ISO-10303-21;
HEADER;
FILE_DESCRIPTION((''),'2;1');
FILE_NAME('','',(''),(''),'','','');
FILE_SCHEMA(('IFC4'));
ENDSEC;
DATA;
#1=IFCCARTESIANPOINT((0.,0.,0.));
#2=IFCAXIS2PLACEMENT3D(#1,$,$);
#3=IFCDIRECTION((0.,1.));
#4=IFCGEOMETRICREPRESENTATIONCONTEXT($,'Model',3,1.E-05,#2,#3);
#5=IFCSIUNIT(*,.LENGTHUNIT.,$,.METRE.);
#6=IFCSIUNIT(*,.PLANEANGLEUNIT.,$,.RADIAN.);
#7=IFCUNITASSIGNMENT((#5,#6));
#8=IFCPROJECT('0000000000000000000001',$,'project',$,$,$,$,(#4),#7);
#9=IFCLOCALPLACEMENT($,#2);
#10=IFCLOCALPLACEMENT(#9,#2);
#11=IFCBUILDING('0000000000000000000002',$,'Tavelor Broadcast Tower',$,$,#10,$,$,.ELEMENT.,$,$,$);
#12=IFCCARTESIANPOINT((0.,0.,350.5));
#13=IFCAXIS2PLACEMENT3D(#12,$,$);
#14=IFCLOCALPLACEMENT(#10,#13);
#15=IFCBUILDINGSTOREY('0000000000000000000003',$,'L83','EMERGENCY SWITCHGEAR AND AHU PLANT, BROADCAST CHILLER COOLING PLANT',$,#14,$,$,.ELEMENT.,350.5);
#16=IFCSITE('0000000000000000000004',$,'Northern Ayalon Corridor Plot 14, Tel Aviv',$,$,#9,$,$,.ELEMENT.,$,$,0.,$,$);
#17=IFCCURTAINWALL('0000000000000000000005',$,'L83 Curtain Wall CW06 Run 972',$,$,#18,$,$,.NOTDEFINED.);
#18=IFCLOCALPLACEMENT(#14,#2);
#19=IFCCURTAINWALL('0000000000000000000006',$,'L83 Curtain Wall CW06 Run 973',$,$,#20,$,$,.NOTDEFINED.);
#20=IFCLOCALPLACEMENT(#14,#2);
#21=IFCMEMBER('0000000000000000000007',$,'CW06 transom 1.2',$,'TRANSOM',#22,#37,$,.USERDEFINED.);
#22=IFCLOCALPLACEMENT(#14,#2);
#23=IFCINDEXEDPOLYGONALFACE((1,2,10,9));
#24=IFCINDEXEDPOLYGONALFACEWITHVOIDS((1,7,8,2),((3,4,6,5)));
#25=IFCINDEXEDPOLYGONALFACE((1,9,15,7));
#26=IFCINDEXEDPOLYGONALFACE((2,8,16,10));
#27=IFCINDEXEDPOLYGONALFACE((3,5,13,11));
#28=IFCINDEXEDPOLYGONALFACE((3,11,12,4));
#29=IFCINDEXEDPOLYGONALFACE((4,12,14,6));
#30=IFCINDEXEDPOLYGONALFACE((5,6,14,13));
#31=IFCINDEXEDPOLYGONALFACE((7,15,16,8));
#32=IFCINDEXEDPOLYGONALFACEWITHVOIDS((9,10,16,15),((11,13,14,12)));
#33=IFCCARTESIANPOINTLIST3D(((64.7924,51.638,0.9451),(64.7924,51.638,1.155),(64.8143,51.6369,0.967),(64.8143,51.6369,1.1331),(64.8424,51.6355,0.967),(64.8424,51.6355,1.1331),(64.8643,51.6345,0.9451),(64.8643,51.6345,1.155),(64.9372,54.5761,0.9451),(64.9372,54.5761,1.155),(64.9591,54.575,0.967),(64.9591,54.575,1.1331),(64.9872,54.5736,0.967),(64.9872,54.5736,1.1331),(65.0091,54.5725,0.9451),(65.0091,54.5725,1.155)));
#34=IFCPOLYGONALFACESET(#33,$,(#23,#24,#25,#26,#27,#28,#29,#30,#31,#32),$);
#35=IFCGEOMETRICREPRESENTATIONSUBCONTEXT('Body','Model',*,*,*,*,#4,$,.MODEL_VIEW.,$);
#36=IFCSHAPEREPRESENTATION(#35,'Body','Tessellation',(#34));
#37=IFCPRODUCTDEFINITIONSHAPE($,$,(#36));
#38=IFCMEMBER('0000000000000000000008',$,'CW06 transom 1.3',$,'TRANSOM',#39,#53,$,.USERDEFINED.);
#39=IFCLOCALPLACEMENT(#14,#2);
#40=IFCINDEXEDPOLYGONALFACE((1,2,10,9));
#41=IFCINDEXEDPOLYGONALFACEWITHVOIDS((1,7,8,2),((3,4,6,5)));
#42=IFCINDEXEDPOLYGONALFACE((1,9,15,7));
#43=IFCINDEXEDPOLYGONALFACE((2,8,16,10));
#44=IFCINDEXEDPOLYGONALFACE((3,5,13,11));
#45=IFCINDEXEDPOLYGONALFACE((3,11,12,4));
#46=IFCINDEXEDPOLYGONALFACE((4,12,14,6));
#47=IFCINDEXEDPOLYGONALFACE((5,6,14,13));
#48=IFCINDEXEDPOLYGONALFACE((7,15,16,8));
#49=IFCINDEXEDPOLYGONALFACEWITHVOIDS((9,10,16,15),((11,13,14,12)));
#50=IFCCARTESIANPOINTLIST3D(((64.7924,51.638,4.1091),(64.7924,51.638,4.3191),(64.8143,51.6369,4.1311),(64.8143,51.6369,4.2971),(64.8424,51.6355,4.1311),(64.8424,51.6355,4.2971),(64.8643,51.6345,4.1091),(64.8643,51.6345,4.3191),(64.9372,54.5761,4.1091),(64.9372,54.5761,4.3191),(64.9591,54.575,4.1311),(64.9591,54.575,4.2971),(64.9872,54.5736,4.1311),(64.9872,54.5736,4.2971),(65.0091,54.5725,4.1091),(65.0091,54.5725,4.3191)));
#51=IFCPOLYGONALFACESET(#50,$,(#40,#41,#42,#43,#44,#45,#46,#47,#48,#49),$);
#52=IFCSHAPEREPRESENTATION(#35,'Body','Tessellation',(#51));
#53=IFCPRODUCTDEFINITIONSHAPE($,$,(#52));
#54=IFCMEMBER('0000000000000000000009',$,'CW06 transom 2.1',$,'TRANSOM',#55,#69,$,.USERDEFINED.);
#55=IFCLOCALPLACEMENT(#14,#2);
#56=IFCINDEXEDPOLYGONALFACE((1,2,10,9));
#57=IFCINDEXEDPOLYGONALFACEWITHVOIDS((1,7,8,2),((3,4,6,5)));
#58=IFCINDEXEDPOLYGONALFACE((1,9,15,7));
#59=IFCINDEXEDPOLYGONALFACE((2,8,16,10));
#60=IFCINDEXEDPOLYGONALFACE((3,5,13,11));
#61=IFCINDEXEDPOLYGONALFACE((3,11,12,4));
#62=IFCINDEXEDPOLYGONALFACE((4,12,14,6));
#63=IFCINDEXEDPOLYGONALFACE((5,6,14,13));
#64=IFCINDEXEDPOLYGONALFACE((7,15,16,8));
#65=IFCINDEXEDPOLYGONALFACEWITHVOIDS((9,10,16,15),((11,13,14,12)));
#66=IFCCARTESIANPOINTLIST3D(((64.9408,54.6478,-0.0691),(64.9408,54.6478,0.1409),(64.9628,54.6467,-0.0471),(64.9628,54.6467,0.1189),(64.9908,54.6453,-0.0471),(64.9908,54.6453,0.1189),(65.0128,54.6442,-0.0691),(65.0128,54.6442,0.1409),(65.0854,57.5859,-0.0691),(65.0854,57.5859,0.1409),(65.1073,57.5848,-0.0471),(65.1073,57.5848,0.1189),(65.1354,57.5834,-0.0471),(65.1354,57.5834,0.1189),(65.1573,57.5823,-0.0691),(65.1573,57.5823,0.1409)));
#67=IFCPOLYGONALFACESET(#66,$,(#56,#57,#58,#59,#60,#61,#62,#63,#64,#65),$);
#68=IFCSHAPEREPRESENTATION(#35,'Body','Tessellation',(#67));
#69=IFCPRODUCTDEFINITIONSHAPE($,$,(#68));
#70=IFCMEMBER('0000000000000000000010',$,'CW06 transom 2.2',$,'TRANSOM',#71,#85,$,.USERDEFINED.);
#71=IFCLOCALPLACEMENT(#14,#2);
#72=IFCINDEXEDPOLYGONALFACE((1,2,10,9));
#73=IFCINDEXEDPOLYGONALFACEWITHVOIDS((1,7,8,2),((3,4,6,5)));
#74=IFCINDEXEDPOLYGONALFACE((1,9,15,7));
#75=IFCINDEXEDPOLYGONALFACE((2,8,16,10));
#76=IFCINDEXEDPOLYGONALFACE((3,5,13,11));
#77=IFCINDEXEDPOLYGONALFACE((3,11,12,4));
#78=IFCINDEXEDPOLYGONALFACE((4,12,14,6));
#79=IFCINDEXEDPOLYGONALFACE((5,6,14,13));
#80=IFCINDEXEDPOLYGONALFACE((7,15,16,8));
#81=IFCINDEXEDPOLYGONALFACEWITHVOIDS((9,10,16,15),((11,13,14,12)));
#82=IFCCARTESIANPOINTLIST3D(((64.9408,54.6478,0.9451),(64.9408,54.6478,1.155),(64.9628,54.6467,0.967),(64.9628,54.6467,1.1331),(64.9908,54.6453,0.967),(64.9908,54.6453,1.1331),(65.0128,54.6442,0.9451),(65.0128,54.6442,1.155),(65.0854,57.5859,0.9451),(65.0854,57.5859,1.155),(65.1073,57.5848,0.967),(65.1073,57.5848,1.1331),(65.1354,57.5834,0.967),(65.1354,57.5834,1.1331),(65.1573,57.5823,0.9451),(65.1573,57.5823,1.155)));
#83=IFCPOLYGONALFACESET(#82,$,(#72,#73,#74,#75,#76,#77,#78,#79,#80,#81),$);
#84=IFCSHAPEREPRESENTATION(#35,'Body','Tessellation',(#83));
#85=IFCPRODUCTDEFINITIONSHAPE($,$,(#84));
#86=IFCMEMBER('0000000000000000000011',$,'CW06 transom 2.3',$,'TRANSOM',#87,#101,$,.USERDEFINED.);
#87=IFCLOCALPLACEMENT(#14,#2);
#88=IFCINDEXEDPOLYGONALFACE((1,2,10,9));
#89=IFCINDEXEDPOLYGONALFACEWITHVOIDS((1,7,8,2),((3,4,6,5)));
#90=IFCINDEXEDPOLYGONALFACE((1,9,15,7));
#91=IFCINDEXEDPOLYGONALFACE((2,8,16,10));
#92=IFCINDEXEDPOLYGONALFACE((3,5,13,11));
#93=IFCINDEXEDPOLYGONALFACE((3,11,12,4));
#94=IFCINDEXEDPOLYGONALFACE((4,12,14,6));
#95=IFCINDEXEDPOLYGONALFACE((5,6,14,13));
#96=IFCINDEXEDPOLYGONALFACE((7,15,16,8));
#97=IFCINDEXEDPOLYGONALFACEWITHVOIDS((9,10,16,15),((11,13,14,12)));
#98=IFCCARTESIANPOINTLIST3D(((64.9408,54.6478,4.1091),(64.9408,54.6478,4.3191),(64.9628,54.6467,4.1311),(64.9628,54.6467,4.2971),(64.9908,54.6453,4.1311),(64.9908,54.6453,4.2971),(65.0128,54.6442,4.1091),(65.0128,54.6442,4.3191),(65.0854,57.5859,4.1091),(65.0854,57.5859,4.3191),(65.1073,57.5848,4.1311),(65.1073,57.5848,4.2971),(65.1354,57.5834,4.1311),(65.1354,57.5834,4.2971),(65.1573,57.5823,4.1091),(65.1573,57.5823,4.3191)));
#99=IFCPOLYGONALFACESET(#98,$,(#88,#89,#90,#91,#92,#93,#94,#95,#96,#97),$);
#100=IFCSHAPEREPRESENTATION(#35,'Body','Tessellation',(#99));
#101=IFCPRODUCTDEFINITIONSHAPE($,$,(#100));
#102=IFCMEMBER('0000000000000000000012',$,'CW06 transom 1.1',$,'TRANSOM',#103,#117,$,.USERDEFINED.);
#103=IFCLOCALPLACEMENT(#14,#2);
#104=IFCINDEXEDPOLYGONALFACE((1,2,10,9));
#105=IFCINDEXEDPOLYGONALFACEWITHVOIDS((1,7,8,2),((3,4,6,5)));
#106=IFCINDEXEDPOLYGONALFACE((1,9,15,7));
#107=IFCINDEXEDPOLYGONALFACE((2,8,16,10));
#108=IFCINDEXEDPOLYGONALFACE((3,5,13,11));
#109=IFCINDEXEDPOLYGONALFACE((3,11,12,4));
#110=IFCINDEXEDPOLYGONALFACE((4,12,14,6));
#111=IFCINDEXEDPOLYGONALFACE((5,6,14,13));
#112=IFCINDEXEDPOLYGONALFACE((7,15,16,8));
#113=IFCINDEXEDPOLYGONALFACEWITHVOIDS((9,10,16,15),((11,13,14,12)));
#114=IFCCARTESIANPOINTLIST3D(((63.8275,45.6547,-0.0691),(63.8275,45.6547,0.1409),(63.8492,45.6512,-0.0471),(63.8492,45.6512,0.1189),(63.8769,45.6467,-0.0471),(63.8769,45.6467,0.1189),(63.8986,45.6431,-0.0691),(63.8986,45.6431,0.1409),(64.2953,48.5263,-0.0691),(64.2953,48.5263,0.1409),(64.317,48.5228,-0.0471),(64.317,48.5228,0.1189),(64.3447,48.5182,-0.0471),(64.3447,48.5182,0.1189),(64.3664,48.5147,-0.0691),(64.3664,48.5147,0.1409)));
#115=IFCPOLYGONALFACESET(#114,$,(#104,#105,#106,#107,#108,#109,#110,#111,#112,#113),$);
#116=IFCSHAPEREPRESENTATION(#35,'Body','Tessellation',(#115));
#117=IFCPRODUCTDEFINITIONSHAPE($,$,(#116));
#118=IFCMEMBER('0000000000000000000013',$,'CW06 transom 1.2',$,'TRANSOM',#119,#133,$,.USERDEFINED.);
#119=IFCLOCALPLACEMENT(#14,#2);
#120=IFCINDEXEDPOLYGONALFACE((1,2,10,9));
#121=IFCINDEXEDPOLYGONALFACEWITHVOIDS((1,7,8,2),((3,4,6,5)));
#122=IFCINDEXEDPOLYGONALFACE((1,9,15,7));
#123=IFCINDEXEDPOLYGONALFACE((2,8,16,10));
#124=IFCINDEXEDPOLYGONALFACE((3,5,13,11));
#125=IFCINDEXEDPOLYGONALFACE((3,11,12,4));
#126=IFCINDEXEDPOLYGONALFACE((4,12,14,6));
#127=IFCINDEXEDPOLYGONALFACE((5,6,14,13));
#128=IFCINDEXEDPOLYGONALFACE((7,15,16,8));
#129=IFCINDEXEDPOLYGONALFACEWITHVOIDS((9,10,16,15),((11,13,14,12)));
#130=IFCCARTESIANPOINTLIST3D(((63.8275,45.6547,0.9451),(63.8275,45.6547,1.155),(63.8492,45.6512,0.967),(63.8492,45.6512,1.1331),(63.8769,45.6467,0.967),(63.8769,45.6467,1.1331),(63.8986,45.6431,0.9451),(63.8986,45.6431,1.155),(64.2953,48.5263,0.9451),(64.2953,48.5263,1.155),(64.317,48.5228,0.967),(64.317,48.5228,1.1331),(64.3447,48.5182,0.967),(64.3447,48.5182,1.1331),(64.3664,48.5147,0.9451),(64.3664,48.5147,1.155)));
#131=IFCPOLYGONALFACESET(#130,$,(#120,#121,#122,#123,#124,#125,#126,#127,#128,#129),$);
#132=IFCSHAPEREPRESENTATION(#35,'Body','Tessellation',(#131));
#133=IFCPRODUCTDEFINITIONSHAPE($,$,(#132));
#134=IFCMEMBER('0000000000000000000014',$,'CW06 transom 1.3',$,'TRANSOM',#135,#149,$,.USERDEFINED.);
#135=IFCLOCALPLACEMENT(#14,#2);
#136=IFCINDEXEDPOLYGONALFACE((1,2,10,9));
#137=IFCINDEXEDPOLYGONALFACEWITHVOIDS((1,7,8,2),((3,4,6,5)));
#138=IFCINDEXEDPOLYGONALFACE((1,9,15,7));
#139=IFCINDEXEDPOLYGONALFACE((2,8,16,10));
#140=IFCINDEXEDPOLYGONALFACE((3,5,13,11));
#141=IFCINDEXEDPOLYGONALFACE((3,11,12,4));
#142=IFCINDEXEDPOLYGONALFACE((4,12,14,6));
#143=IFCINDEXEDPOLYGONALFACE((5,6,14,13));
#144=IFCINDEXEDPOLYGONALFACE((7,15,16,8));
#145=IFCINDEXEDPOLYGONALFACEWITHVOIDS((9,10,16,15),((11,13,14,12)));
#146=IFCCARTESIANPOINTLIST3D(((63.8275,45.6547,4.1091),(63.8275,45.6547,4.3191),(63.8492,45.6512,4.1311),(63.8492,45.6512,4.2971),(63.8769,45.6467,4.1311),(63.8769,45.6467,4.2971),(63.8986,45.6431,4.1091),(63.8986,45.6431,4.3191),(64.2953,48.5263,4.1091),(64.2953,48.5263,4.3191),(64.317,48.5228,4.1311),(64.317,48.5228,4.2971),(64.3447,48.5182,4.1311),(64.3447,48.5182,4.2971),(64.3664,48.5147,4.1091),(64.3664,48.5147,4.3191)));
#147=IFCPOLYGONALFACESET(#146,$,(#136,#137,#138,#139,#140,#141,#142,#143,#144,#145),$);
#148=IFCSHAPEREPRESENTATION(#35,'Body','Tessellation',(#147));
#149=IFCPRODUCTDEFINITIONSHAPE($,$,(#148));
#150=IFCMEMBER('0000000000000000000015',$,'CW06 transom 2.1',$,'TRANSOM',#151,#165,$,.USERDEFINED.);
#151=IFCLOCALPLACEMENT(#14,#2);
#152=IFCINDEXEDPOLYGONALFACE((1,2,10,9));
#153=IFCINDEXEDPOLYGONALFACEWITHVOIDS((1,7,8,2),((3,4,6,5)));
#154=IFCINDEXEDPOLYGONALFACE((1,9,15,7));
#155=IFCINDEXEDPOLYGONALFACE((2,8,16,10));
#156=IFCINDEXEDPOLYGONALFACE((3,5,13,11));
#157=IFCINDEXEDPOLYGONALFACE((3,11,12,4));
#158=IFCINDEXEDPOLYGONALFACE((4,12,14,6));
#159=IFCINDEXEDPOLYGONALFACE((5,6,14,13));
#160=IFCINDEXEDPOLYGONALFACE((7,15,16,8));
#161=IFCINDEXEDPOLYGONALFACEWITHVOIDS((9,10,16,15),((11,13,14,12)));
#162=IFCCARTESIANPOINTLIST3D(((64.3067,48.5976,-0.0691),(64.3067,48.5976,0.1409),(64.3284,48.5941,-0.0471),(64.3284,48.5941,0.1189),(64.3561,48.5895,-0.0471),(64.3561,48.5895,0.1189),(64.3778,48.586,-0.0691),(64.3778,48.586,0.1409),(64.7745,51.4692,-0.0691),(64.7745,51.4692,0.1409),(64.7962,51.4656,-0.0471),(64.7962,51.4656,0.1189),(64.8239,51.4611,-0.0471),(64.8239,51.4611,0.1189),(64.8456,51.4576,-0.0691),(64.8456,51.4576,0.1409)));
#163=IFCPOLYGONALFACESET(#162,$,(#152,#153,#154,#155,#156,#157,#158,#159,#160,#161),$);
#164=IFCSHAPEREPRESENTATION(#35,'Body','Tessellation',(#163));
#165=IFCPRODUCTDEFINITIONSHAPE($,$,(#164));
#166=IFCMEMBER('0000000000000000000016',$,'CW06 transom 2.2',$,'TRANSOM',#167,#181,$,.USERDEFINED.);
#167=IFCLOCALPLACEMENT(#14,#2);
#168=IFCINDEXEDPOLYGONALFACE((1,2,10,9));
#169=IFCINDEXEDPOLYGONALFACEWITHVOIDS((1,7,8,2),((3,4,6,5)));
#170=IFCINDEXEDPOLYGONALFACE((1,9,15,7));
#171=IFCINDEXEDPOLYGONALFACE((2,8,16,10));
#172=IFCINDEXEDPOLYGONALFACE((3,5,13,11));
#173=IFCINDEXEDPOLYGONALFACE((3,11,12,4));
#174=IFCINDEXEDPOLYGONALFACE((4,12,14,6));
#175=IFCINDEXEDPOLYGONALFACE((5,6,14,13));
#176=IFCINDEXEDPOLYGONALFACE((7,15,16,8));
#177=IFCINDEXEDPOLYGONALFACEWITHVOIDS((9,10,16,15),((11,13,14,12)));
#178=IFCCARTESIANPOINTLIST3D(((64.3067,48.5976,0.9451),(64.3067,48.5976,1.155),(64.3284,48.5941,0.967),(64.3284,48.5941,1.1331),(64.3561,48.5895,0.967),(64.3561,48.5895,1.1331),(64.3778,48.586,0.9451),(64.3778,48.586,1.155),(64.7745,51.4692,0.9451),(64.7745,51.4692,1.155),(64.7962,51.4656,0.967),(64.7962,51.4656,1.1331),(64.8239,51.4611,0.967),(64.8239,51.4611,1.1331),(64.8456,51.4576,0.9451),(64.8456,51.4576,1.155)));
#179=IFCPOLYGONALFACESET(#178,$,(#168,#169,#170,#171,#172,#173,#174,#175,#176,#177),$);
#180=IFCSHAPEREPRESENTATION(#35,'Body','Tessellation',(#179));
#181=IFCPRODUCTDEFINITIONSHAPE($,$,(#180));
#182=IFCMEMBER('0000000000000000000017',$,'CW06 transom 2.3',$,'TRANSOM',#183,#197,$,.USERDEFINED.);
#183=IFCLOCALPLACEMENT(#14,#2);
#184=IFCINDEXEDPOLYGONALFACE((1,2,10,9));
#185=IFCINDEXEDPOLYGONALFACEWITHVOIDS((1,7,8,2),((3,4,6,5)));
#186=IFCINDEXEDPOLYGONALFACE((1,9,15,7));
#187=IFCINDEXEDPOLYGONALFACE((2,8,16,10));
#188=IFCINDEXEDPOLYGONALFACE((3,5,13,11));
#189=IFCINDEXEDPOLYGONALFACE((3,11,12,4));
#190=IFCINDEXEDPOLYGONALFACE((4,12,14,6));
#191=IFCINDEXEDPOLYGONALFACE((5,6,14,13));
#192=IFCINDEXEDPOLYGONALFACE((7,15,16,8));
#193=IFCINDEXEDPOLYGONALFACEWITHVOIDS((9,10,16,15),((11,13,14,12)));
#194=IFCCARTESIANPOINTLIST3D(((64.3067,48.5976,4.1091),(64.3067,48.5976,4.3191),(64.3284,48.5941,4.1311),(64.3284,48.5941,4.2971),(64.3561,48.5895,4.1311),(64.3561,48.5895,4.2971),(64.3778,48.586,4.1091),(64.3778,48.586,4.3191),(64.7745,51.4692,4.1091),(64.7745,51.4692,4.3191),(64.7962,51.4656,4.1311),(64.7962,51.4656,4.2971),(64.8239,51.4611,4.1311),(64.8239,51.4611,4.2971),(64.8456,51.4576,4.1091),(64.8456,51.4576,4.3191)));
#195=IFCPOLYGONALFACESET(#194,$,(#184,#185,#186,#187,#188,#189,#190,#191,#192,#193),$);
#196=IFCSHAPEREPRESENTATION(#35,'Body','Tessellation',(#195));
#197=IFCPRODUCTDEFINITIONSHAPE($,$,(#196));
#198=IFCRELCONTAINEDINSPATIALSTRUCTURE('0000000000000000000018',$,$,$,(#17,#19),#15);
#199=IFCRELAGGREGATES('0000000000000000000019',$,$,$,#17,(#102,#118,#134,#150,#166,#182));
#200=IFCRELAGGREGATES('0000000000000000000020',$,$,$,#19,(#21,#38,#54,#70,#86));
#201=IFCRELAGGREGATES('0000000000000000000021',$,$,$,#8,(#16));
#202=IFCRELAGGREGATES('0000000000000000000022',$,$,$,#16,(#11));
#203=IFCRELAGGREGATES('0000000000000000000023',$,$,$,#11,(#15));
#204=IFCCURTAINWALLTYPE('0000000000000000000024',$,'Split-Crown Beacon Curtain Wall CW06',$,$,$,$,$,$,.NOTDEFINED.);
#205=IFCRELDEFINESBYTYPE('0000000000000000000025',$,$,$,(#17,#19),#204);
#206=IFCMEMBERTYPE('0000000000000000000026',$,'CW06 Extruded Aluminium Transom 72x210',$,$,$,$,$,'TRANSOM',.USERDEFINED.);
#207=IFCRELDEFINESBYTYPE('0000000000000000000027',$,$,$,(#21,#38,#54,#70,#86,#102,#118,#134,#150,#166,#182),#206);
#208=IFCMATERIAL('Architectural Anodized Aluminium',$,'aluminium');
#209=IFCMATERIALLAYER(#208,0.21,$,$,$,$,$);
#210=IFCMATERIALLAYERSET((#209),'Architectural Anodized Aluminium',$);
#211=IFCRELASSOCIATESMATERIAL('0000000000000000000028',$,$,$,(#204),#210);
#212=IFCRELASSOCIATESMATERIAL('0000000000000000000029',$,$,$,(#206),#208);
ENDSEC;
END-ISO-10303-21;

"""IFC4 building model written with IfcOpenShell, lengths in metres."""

from ifc_helpers import new_model, si_unit, direction, frame, origin, origin_2d, place, context, subcontext, project, spatial, hollow_rectangle, extrude, source, transform, mapped, material, layer, layer_set, material_profile, profile_set, type_object, type_shapes, element, aggregate, save


model = new_model("IFC4")

# Units and contexts
model_context = context("Model", 3, precision=1e-05, world=origin(), true_north=direction((0.0, 1.0)))
body_context = subcontext(model_context, "Body", "Model", "MODEL_VIEW")
ifc_project = project(units=[si_unit("LENGTHUNIT", "METRE"), si_unit("PLANEANGLEUNIT", "RADIAN")], contexts=[model_context])

# Site, building, storey
site_placement = place(None, origin())
site = spatial("IfcSite", under=ifc_project, at=site_placement, Name="Northern Ayalon Corridor Plot 14, Tel Aviv", CompositionType="ELEMENT", RefElevation=0.0)
building_placement = place(site_placement, origin())
building = spatial("IfcBuilding", under=site, at=building_placement, Name="Tavelor Broadcast Tower", CompositionType="ELEMENT")
storey_placement = place(building_placement, frame((0.0, 0.0, 350.5)))
storey = spatial("IfcBuildingStorey", under=building, at=storey_placement, Name="L83", Description="EMERGENCY SWITCHGEAR AND AHU PLANT, BROADCAST CHILLER COOLING PLANT", CompositionType="ELEMENT", Elevation=350.5)

# Curtain walls, members
ifc_material_1 = material(Name="Architectural Anodized Aluminium", Category="aluminium")
ifc_layer_1 = layer(ifc_material_1, 0.21)
ifc_layer_set_1 = layer_set([ifc_layer_1], Name="Architectural Anodized Aluminium")
curtain_wall_type = type_object("IfcCurtainWallType", Name="Split-Crown Beacon Curtain Wall CW06", PredefinedType="NOTDEFINED", material=ifc_layer_set_1)
curtain_wall_1_placement = place(storey_placement, origin())
curtain_wall_1 = element("IfcCurtainWall", 1, at=curtain_wall_1_placement, inside=storey, type_object=curtain_wall_type, Name="L83 Curtain Wall CW06 Run 972", PredefinedType="NOTDEFINED")
curtain_wall_2_placement = place(storey_placement, origin())
curtain_wall_2 = element("IfcCurtainWall", 2, at=curtain_wall_2_placement, inside=storey, type_object=curtain_wall_type, Name="L83 Curtain Wall CW06 Run 973", PredefinedType="NOTDEFINED")
ifc_material_profile_1 = material_profile(ifc_material_1, hollow_rectangle(XDim=0.072, YDim=0.21, WallThickness=0.022, at=origin_2d()), Name="RHS 72x210x22")
ifc_profile_set_1 = profile_set([ifc_material_profile_1], Name="Architectural Anodized Aluminium")
member_type_1 = type_object("IfcMemberType", Name="CW06 Extruded Aluminium Transom 72x210", ElementType="TRANSOM", PredefinedType="USERDEFINED", material=ifc_profile_set_1)
shared_shape_1 = source(origin(), body_context, "Body", "SweptSolid", [
    extrude(hollow_rectangle(XDim=0.072, YDim=0.21, WallThickness=0.022, at=origin_2d()), origin(), (0.0, 0.0, 1.0), 2.9417),
])
member_1_placement = place(storey_placement, frame((64.8284, 51.6362, 1.05), z_axis=(0.049217, 0.998788, 0.0), x_axis=(-0.998788, 0.049217, 0.0)))
member_1 = element("IfcMember", 3, at=member_1_placement, type_object=member_type_1, Name="CW06 transom 1.2", ObjectType="TRANSOM", PredefinedType="USERDEFINED", context=body_context, shape_type="MappedRepresentation", body=[
    mapped(shared_shape_1, transform((0.0, 0.0, 0.0), scale=1.0)),
])
member_2_placement = place(storey_placement, frame((64.8284, 51.6362, 4.2141), z_axis=(0.049217, 0.998788, 0.0), x_axis=(-0.998788, 0.049217, 0.0)))
member_2 = element("IfcMember", 4, at=member_2_placement, type_object=member_type_1, Name="CW06 transom 1.3", ObjectType="TRANSOM", PredefinedType="USERDEFINED", context=body_context, shape_type="MappedRepresentation", body=[
    mapped(shared_shape_1, transform((0.0, 0.0, 0.0), scale=1.0)),
])
member_3_placement = place(storey_placement, frame((64.9768, 54.646, 0.0359), z_axis=(0.049135, 0.998792, 0.0), x_axis=(-0.998792, 0.049135, 0.0)))
member_3 = element("IfcMember", 5, at=member_3_placement, type_object=member_type_1, Name="CW06 transom 2.1", ObjectType="TRANSOM", PredefinedType="USERDEFINED", context=body_context, shape_type="MappedRepresentation", body=[
    mapped(shared_shape_1, transform((0.0, 0.0, 0.0), scale=1.0)),
])
member_4_placement = place(storey_placement, frame((64.9768, 54.646, 1.05), z_axis=(0.049135, 0.998792, 0.0), x_axis=(-0.998792, 0.049135, 0.0)))
member_4 = element("IfcMember", 6, at=member_4_placement, type_object=member_type_1, Name="CW06 transom 2.2", ObjectType="TRANSOM", PredefinedType="USERDEFINED", context=body_context, shape_type="MappedRepresentation", body=[
    mapped(shared_shape_1, transform((0.0, 0.0, 0.0), scale=1.0)),
])
member_5_placement = place(storey_placement, frame((64.9768, 54.646, 4.2141), z_axis=(0.049135, 0.998792, 0.0), x_axis=(-0.998792, 0.049135, 0.0)))
member_5 = element("IfcMember", 7, at=member_5_placement, type_object=member_type_1, Name="CW06 transom 2.3", ObjectType="TRANSOM", PredefinedType="USERDEFINED", context=body_context, shape_type="MappedRepresentation", body=[
    mapped(shared_shape_1, transform((0.0, 0.0, 0.0), scale=1.0)),
])

# Members
shared_shape_2 = source(origin(), body_context, "Body", "SweptSolid", [
    extrude(hollow_rectangle(XDim=0.072, YDim=0.21, WallThickness=0.022, at=origin_2d()), origin(), (0.0, 0.0, 1.0), 2.9094),
])
type_shapes(member_type_1, [shared_shape_1, shared_shape_2])
member_6_placement = place(storey_placement, frame((63.863, 45.6489, 0.0359), z_axis=(0.160778, 0.986991, 0.0), x_axis=(-0.986991, 0.160778, 0.0)))
member_6 = element("IfcMember", 8, at=member_6_placement, type_object=member_type_1, Name="CW06 transom 1.1", ObjectType="TRANSOM", PredefinedType="USERDEFINED", context=body_context, shape_type="MappedRepresentation", body=[
    mapped(shared_shape_2, transform((0.0, 0.0, 0.0), scale=1.0)),
])
member_7_placement = place(storey_placement, frame((63.863, 45.6489, 1.05), z_axis=(0.160778, 0.986991, 0.0), x_axis=(-0.986991, 0.160778, 0.0)))
member_7 = element("IfcMember", 9, at=member_7_placement, type_object=member_type_1, Name="CW06 transom 1.2", ObjectType="TRANSOM", PredefinedType="USERDEFINED", context=body_context, shape_type="MappedRepresentation", body=[
    mapped(shared_shape_2, transform((0.0, 0.0, 0.0), scale=1.0)),
])
member_8_placement = place(storey_placement, frame((63.863, 45.6489, 4.2141), z_axis=(0.160778, 0.986991, 0.0), x_axis=(-0.986991, 0.160778, 0.0)))
member_8 = element("IfcMember", 10, at=member_8_placement, type_object=member_type_1, Name="CW06 transom 1.3", ObjectType="TRANSOM", PredefinedType="USERDEFINED", context=body_context, shape_type="MappedRepresentation", body=[
    mapped(shared_shape_2, transform((0.0, 0.0, 0.0), scale=1.0)),
])
member_9_placement = place(storey_placement, frame((64.3423, 48.5918, 0.0359), z_axis=(0.160778, 0.986991, 0.0), x_axis=(-0.986991, 0.160778, 0.0)))
member_9 = element("IfcMember", 11, at=member_9_placement, type_object=member_type_1, Name="CW06 transom 2.1", ObjectType="TRANSOM", PredefinedType="USERDEFINED", context=body_context, shape_type="MappedRepresentation", body=[
    mapped(shared_shape_2, transform((0.0, 0.0, 0.0), scale=1.0)),
])
member_10_placement = place(storey_placement, frame((64.3423, 48.5918, 1.05), z_axis=(0.160778, 0.986991, 0.0), x_axis=(-0.986991, 0.160778, 0.0)))
member_10 = element("IfcMember", 12, at=member_10_placement, type_object=member_type_1, Name="CW06 transom 2.2", ObjectType="TRANSOM", PredefinedType="USERDEFINED", context=body_context, shape_type="MappedRepresentation", body=[
    mapped(shared_shape_2, transform((0.0, 0.0, 0.0), scale=1.0)),
])
member_11_placement = place(storey_placement, frame((64.3423, 48.5918, 4.2141), z_axis=(0.160778, 0.986991, 0.0), x_axis=(-0.986991, 0.160778, 0.0)))
member_11 = element("IfcMember", 13, at=member_11_placement, type_object=member_type_1, Name="CW06 transom 2.3", ObjectType="TRANSOM", PredefinedType="USERDEFINED", context=body_context, shape_type="MappedRepresentation", body=[
    mapped(shared_shape_2, transform((0.0, 0.0, 0.0), scale=1.0)),
])

aggregate(curtain_wall_1, [member_6, member_7, member_8, member_9, member_10, member_11])
aggregate(curtain_wall_2, [member_1, member_2, member_3, member_4, member_5])

save(model, "model.ifc")
